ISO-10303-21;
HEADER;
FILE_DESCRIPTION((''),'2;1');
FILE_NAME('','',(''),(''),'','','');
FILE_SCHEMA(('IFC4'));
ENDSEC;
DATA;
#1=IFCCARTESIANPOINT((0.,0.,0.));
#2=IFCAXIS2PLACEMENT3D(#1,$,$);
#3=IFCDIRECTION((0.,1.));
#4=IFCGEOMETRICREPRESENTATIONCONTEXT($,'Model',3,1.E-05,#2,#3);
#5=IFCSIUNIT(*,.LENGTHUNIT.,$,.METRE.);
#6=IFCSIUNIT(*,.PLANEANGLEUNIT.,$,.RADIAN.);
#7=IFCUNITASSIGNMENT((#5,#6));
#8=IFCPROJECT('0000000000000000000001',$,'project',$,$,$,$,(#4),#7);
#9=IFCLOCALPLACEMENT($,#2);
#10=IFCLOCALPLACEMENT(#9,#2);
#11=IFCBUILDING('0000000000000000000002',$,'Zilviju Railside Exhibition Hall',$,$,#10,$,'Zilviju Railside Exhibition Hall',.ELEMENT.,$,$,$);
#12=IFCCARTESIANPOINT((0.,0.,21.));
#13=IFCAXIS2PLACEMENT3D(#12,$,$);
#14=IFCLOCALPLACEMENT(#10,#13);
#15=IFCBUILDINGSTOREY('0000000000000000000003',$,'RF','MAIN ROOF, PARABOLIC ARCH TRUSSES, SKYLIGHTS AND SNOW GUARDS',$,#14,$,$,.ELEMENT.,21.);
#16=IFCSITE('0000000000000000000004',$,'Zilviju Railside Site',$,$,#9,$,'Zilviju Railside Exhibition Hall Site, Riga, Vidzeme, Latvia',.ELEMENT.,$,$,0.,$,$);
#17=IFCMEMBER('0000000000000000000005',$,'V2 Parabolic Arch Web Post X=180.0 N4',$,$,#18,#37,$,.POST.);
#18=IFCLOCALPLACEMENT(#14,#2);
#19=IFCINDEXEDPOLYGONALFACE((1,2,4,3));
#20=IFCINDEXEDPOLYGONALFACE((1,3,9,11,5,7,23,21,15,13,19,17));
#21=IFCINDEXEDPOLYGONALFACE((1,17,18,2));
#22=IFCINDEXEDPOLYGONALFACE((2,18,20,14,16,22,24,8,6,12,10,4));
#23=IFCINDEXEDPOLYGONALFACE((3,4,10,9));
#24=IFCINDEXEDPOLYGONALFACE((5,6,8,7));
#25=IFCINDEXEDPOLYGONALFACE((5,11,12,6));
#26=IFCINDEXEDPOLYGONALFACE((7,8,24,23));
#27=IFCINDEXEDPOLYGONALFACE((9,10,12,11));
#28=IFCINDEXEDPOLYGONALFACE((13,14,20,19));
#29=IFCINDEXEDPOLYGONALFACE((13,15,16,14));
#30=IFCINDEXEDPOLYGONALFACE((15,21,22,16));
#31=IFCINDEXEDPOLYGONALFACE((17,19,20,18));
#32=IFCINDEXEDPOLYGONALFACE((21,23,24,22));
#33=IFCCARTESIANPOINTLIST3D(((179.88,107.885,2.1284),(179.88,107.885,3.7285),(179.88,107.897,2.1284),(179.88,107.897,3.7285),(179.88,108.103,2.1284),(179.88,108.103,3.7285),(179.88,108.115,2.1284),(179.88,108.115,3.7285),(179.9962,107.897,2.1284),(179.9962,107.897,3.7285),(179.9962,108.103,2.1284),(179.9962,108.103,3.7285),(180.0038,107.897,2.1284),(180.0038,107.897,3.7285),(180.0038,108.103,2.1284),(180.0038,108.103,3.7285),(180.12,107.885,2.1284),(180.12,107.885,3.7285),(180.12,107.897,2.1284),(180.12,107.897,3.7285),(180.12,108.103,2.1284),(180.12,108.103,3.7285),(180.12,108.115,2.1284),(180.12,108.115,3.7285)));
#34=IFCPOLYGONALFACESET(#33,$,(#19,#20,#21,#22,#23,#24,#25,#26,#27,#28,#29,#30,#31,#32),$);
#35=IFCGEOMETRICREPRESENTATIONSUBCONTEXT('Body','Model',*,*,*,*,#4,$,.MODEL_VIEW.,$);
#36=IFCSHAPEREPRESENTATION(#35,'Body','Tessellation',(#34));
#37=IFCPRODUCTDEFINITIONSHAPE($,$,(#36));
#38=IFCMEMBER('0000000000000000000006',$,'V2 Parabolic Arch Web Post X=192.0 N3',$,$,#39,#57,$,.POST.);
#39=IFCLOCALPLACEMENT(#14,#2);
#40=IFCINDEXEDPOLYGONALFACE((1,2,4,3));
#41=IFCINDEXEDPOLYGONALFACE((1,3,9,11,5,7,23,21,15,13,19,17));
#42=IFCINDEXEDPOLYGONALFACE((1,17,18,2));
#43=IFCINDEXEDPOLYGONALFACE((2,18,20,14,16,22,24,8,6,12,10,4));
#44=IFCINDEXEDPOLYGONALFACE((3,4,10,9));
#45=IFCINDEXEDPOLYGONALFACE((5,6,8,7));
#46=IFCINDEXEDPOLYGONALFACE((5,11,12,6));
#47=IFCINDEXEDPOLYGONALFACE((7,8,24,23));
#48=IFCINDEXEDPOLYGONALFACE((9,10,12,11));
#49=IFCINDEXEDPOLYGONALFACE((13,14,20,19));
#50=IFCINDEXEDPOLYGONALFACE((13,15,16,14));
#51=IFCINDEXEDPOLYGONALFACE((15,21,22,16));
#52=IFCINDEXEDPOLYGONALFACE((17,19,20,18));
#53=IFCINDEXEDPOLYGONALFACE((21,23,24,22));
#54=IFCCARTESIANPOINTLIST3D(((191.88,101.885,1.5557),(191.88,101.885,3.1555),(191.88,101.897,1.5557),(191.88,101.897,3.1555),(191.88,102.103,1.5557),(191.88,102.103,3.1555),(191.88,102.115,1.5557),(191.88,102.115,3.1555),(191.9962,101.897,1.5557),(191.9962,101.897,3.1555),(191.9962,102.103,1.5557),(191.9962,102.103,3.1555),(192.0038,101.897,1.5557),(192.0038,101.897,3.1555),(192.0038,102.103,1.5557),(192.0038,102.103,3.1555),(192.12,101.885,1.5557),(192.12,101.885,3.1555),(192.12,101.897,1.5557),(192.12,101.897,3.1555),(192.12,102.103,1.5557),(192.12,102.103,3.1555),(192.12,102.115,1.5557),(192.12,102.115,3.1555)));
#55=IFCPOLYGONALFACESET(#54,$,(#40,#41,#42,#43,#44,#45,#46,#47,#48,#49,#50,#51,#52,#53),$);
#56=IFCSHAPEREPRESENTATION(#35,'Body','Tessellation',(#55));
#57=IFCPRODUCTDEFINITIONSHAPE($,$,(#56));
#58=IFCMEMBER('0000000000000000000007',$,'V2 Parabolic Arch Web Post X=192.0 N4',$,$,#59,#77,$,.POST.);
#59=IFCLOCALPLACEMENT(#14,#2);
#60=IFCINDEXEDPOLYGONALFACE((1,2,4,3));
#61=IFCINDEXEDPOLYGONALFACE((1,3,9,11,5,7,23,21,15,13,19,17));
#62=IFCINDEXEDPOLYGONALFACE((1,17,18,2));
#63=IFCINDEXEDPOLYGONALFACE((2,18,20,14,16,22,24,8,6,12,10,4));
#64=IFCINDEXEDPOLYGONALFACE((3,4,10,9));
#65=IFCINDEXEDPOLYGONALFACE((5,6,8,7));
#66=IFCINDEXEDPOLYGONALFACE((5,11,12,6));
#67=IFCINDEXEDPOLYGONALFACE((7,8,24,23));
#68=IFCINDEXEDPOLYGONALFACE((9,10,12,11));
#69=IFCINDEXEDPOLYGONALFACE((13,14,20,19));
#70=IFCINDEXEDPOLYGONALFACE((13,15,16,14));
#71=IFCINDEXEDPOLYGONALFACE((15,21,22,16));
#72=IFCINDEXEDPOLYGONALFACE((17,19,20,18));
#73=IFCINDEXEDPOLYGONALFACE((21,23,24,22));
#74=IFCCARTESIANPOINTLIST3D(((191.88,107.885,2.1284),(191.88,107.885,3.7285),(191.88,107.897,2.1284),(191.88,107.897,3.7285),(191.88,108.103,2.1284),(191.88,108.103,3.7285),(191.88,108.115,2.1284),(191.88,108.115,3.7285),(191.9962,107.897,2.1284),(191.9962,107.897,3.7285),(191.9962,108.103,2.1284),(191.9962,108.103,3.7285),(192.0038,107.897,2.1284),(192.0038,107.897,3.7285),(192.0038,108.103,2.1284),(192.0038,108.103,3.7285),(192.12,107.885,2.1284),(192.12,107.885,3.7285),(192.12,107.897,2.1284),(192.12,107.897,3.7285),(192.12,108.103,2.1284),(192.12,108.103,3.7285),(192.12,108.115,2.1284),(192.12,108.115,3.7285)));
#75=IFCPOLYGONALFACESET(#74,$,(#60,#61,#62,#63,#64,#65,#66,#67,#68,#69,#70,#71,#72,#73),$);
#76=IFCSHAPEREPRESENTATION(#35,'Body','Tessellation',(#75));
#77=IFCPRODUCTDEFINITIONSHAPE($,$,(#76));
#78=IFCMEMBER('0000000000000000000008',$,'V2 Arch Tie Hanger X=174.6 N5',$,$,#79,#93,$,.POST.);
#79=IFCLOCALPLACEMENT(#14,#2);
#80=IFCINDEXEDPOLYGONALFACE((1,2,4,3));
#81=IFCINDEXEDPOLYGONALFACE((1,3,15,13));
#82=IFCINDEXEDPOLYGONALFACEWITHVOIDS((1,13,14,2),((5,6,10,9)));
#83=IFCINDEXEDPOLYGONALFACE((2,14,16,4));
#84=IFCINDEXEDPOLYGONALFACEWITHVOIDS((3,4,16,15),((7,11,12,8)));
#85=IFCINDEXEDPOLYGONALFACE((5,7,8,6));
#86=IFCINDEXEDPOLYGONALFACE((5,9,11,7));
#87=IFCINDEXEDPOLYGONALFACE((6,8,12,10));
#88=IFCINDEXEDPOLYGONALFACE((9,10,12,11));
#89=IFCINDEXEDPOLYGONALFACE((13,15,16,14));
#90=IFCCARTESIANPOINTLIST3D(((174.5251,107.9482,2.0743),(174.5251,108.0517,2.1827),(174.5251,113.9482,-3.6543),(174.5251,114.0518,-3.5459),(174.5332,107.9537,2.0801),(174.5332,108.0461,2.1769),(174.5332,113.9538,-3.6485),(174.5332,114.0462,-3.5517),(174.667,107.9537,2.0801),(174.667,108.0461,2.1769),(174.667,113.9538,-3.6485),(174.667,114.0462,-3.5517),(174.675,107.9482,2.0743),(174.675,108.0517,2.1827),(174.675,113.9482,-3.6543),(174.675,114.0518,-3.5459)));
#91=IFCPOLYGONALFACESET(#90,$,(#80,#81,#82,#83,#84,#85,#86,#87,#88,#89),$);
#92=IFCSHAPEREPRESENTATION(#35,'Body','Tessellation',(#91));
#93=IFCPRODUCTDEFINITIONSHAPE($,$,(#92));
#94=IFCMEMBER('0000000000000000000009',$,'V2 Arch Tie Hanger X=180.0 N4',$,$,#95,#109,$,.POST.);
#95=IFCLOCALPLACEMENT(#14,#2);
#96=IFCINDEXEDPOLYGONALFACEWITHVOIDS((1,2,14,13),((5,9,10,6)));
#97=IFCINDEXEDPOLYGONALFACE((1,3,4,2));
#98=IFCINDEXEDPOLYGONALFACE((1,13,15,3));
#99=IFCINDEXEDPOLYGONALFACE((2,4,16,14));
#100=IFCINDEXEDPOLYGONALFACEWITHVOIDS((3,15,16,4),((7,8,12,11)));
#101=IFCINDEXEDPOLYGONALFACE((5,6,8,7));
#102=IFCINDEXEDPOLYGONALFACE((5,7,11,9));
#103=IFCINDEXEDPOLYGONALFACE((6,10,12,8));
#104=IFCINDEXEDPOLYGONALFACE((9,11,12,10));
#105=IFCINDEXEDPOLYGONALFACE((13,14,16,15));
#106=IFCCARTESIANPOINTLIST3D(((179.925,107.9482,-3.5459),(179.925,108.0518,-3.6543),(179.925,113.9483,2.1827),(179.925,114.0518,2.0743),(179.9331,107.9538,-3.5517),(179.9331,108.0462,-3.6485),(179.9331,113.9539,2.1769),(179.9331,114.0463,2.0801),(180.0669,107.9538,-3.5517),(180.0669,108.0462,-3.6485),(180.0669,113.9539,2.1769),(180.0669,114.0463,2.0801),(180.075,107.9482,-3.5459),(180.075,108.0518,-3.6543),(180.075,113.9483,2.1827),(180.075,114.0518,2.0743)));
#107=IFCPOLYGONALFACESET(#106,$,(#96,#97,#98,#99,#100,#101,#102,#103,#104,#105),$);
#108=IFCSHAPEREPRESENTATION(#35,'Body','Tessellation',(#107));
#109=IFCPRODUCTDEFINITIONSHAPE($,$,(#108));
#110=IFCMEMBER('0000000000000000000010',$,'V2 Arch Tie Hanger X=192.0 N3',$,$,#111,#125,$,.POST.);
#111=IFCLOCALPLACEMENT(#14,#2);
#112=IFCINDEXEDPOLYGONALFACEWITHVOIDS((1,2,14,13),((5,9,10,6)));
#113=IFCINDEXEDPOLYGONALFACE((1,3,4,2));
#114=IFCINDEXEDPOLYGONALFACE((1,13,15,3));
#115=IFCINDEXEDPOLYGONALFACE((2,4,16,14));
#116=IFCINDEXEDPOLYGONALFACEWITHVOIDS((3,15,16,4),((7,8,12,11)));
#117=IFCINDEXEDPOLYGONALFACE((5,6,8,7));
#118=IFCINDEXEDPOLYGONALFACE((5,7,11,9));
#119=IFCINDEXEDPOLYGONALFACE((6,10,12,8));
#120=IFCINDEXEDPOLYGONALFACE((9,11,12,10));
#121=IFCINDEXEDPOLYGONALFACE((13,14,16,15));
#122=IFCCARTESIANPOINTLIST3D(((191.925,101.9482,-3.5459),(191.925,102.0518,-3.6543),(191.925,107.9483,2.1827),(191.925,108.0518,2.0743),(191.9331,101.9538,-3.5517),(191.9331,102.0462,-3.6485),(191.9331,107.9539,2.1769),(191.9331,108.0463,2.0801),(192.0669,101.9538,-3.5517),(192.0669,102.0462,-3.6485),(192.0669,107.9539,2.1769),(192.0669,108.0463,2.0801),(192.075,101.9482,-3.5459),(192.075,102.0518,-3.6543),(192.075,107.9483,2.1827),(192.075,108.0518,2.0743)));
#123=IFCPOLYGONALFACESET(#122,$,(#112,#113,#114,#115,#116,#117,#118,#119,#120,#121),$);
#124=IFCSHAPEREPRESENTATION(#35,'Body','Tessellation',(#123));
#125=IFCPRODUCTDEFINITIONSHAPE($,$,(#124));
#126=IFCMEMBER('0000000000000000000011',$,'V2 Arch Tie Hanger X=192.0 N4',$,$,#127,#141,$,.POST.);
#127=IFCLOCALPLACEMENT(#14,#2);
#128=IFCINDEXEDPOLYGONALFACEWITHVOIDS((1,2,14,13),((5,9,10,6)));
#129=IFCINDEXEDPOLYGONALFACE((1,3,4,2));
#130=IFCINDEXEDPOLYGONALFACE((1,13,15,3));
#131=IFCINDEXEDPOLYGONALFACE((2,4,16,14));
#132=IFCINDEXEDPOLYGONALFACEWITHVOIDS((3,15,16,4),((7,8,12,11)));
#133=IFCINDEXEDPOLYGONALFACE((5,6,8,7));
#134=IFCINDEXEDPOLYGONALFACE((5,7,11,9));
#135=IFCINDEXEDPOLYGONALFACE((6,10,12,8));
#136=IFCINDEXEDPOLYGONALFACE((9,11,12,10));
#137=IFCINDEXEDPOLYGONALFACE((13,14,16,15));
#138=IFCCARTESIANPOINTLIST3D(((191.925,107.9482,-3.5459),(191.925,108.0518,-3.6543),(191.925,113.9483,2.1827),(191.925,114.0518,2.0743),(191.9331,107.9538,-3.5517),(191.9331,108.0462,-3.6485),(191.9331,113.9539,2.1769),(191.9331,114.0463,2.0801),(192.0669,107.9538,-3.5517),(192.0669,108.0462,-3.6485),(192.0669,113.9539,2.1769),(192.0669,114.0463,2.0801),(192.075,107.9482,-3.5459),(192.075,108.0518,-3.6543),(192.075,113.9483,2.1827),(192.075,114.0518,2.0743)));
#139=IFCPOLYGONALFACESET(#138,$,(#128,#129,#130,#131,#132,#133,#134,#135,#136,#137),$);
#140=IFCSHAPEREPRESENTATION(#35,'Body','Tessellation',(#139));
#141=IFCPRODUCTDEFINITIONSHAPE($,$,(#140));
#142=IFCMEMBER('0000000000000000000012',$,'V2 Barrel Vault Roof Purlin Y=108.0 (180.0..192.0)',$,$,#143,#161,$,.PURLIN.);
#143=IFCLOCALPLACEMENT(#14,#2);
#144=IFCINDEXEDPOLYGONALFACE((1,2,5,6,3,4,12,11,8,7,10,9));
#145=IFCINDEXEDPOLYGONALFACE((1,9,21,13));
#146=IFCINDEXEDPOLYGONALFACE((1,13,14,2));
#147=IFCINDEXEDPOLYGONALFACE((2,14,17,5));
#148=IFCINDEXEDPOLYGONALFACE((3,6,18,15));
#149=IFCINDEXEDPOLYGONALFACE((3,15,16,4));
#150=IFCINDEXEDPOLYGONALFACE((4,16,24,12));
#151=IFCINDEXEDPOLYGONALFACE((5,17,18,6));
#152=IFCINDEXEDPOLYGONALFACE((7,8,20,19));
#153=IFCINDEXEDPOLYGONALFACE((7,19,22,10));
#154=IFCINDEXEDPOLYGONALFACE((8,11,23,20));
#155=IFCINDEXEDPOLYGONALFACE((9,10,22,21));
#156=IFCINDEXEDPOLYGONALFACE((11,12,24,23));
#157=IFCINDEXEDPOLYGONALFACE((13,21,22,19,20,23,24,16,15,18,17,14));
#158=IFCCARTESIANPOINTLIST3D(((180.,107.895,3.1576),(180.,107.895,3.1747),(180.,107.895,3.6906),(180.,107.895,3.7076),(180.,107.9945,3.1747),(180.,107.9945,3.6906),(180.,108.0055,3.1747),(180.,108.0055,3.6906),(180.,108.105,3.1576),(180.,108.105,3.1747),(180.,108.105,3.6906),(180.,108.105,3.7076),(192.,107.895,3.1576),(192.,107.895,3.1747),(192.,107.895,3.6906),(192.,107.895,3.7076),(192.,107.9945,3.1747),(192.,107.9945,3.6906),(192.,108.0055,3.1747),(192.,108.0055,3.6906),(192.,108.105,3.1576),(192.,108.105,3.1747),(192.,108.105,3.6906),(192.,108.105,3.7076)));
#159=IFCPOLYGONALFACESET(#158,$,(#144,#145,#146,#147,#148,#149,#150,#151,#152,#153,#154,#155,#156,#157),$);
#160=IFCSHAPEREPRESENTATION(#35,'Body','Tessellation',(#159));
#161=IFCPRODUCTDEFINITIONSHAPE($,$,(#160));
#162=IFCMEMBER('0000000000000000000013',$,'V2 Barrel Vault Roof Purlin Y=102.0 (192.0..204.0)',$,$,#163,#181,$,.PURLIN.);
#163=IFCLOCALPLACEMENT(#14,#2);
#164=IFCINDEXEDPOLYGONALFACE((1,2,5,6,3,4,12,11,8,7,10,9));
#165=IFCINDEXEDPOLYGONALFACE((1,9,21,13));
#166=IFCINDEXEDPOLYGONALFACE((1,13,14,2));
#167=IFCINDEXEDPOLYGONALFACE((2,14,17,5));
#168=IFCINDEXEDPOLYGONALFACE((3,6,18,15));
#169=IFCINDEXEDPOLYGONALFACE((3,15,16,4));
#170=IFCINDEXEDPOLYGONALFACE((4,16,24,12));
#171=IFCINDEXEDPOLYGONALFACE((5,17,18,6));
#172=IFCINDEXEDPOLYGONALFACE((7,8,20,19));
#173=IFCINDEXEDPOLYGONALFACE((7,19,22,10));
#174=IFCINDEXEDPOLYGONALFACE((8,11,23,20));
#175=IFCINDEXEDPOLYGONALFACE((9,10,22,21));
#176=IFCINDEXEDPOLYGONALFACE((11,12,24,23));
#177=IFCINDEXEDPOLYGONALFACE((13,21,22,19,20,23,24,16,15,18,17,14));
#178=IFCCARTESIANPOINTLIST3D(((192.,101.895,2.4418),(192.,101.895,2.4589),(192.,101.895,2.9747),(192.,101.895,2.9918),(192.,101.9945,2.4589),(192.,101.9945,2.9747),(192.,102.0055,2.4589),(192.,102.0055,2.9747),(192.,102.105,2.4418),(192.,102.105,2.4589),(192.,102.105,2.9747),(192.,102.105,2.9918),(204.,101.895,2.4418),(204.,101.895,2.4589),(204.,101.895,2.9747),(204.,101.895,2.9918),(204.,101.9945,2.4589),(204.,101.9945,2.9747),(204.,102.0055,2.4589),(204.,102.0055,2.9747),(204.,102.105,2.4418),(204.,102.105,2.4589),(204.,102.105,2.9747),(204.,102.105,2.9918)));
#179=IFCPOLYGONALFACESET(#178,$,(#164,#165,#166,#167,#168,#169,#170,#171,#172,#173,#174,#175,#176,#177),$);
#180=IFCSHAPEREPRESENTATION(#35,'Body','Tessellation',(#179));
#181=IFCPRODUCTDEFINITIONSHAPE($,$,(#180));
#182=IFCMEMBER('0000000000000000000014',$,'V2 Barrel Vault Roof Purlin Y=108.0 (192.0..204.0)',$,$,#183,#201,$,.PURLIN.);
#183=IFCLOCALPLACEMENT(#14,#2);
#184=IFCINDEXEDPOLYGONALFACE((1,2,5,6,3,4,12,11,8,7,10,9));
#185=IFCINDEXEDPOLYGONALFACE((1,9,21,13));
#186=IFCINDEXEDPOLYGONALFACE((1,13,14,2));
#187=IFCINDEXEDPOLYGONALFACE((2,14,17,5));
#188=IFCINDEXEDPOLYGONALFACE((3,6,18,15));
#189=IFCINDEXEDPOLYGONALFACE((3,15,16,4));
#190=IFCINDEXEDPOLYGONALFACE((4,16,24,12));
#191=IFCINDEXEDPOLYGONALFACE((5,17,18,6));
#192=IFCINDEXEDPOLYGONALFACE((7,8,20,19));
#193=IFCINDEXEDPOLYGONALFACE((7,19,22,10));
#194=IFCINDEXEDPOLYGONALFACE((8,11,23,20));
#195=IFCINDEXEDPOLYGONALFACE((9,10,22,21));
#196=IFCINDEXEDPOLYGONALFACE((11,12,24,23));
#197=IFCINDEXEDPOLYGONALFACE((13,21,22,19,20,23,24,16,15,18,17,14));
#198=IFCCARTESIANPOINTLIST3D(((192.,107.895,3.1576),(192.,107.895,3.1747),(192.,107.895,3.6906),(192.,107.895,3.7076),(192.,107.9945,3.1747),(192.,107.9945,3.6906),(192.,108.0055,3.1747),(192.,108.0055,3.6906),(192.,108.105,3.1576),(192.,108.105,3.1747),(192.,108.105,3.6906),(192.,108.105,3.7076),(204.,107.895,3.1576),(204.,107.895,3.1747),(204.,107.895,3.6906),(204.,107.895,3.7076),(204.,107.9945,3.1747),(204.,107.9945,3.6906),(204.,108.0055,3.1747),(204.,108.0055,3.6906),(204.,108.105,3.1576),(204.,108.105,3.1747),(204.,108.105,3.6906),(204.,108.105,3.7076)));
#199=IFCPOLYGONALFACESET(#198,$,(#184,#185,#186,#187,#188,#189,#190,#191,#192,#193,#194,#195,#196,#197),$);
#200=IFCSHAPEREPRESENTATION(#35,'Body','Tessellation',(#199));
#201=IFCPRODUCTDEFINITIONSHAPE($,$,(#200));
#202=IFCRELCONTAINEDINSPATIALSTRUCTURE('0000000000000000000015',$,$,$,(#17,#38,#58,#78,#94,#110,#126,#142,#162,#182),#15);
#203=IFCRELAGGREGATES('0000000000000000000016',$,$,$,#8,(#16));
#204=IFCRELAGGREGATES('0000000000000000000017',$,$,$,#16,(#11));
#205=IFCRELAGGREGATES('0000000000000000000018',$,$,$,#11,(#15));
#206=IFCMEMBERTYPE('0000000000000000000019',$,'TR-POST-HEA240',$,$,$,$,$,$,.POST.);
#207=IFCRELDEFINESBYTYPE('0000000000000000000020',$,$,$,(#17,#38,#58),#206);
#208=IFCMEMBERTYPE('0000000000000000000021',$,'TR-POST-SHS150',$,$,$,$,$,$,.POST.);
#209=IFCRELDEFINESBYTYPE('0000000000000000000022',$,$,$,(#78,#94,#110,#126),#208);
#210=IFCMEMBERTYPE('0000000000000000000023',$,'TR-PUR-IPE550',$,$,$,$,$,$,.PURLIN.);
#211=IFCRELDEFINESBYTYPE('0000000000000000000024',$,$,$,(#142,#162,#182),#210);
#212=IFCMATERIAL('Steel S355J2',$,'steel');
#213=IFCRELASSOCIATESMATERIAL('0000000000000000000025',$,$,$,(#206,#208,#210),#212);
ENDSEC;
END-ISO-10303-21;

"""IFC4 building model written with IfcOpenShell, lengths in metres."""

from ifc_helpers import new_model, si_unit, direction, frame, origin, origin_2d, place, context, subcontext, project, spatial, hollow_rectangle, i_section, extrude, material, material_profile, profile_set, type_object, element, save


model = new_model("IFC4")

# Units and contexts
model_context = context("Model", 3, precision=1e-05, world=origin(), true_north=direction((0.0, 1.0)))
body_context = subcontext(model_context, "Body", "Model", "MODEL_VIEW")
ifc_project = project(units=[si_unit("LENGTHUNIT", "METRE"), si_unit("PLANEANGLEUNIT", "RADIAN")], contexts=[model_context])

# Site, building, storey
site_placement = place(None, origin())
site = spatial("IfcSite", under=ifc_project, at=site_placement, Name="Zilviju Railside Site", LongName="Zilviju Railside Exhibition Hall Site, Riga, Vidzeme, Latvia", CompositionType="ELEMENT", RefElevation=0.0)
building_placement = place(site_placement, origin())
building = spatial("IfcBuilding", under=site, at=building_placement, Name="Zilviju Railside Exhibition Hall", LongName="Zilviju Railside Exhibition Hall", CompositionType="ELEMENT")
storey_placement = place(building_placement, frame((0.0, 0.0, 21.0)))
storey = spatial("IfcBuildingStorey", under=building, at=storey_placement, Name="RF", Description="MAIN ROOF, PARABOLIC ARCH TRUSSES, SKYLIGHTS AND SNOW GUARDS", CompositionType="ELEMENT", Elevation=21.0)

# Members
ifc_material_1 = material(Name="Steel S355J2", Category="steel")
ifc_material_profile_1 = material_profile(ifc_material_1, i_section(OverallWidth=0.24, OverallDepth=0.23, WebThickness=0.0076, FlangeThickness=0.012, at=origin_2d()), Name="HEA 240")
ifc_profile_set_1 = profile_set([ifc_material_profile_1], Name="Steel S355J2")
member_type_1 = type_object("IfcMemberType", Name="TR-POST-HEA240", PredefinedType="POST", material=ifc_profile_set_1)
for number, where, z_axis, x_axis, name in (
    (1, (180.0, 108.0, 2.1284), (0.0, 0.0, 1.0), (1.0, 0.0, 0.0), "V2 Parabolic Arch Web Post X=180.0 N4"),
):
    element("IfcMember", number, at=place(storey_placement, frame(where, z_axis=z_axis, x_axis=x_axis)), inside=storey, type_object=member_type_1, Name=name, PredefinedType="POST", context=body_context, shape_type="SweptSolid", body=[
        extrude(i_section(OverallWidth=0.24, OverallDepth=0.23, WebThickness=0.0076, FlangeThickness=0.012, at=origin_2d()), origin(), (0.0, 0.0, 1.0), 1.6001),
    ])
member_1_placement = place(storey_placement, frame((192.0, 102.0, 1.5557), z_axis=(0.0, 0.0, 1.0), x_axis=(1.0, 0.0, 0.0)))
element("IfcMember", 2, at=member_1_placement, inside=storey, type_object=member_type_1, Name="V2 Parabolic Arch Web Post X=192.0 N3", PredefinedType="POST", context=body_context, shape_type="SweptSolid", body=[
    extrude(i_section(OverallWidth=0.24, OverallDepth=0.23, WebThickness=0.0076, FlangeThickness=0.012, at=origin_2d()), origin(), (0.0, 0.0, 1.0), 1.5999),
])
member_2_placement = place(storey_placement, frame((192.0, 108.0, 2.1284), z_axis=(0.0, 0.0, 1.0), x_axis=(1.0, 0.0, 0.0)))
element("IfcMember", 3, at=member_2_placement, inside=storey, type_object=member_type_1, Name="V2 Parabolic Arch Web Post X=192.0 N4", PredefinedType="POST", context=body_context, shape_type="SweptSolid", body=[
    extrude(i_section(OverallWidth=0.24, OverallDepth=0.23, WebThickness=0.0076, FlangeThickness=0.012, at=origin_2d()), origin(), (0.0, 0.0, 1.0), 1.6001),
])
ifc_material_profile_2 = material_profile(ifc_material_1, hollow_rectangle(XDim=0.1499, YDim=0.1499, WallThickness=0.0081, at=origin_2d()), Name="SHS 150x150x8.0")
ifc_profile_set_2 = profile_set([ifc_material_profile_2], Name="Steel S355J2")
member_type_2 = type_object("IfcMemberType", Name="TR-POST-SHS150", PredefinedType="POST", material=ifc_profile_set_2)
for number, where, z_axis, x_axis, name in (
    (4, (174.6001, 114.0, -3.6001), (0.0, -0.723281, 0.690554), (1.0, 0.0, 0.0), "V2 Arch Tie Hanger X=174.6 N5"),
    (5, (180.0, 108.0, -3.6001), (0.0, 0.723281, 0.690554), (-1.0, 0.0, 0.0), "V2 Arch Tie Hanger X=180.0 N4"),
    (6, (192.0, 102.0, -3.6001), (0.0, 0.723281, 0.690554), (-1.0, 0.0, 0.0), "V2 Arch Tie Hanger X=192.0 N3"),
    (7, (192.0, 108.0, -3.6001), (0.0, 0.723281, 0.690554), (-1.0, 0.0, 0.0), "V2 Arch Tie Hanger X=192.0 N4"),
):
    element("IfcMember", number, at=place(storey_placement, frame(where, z_axis=z_axis, x_axis=x_axis)), inside=storey, type_object=member_type_2, Name=name, PredefinedType="POST", context=body_context, shape_type="SweptSolid", body=[
        extrude(hollow_rectangle(XDim=0.1499, YDim=0.1499, WallThickness=0.0081, at=origin_2d()), origin(), (0.0, 0.0, 1.0), 8.2957),
    ])
ifc_material_profile_3 = material_profile(ifc_material_1, i_section(OverallWidth=0.21, OverallDepth=0.55, WebThickness=0.011, FlangeThickness=0.0171, at=origin_2d()), Name="IPE 550")
ifc_profile_set_3 = profile_set([ifc_material_profile_3], Name="Steel S355J2")
member_type_3 = type_object("IfcMemberType", Name="TR-PUR-IPE550", PredefinedType="PURLIN", material=ifc_profile_set_3)
for number, where, z_axis, x_axis, name in (
    (8, (180.0, 108.0, 3.4326), (1.0, 0.0, 0.0), (0.0, 1.0, 0.0), "V2 Barrel Vault Roof Purlin Y=108.0 (180.0..192.0)"),
    (9, (192.0, 102.0, 2.7168), (1.0, 0.0, 0.0), (0.0, 1.0, 0.0), "V2 Barrel Vault Roof Purlin Y=102.0 (192.0..204.0)"),
    (10, (192.0, 108.0, 3.4326), (1.0, 0.0, 0.0), (0.0, 1.0, 0.0), "V2 Barrel Vault Roof Purlin Y=108.0 (192.0..204.0)"),
):
    element("IfcMember", number, at=place(storey_placement, frame(where, z_axis=z_axis, x_axis=x_axis)), inside=storey, type_object=member_type_3, Name=name, PredefinedType="PURLIN", context=body_context, shape_type="SweptSolid", body=[
        extrude(i_section(OverallWidth=0.21, OverallDepth=0.55, WebThickness=0.011, FlangeThickness=0.0171, at=origin_2d()), origin(), (0.0, 0.0, 1.0), 12.0),
    ])

save(model, "model.ifc")
